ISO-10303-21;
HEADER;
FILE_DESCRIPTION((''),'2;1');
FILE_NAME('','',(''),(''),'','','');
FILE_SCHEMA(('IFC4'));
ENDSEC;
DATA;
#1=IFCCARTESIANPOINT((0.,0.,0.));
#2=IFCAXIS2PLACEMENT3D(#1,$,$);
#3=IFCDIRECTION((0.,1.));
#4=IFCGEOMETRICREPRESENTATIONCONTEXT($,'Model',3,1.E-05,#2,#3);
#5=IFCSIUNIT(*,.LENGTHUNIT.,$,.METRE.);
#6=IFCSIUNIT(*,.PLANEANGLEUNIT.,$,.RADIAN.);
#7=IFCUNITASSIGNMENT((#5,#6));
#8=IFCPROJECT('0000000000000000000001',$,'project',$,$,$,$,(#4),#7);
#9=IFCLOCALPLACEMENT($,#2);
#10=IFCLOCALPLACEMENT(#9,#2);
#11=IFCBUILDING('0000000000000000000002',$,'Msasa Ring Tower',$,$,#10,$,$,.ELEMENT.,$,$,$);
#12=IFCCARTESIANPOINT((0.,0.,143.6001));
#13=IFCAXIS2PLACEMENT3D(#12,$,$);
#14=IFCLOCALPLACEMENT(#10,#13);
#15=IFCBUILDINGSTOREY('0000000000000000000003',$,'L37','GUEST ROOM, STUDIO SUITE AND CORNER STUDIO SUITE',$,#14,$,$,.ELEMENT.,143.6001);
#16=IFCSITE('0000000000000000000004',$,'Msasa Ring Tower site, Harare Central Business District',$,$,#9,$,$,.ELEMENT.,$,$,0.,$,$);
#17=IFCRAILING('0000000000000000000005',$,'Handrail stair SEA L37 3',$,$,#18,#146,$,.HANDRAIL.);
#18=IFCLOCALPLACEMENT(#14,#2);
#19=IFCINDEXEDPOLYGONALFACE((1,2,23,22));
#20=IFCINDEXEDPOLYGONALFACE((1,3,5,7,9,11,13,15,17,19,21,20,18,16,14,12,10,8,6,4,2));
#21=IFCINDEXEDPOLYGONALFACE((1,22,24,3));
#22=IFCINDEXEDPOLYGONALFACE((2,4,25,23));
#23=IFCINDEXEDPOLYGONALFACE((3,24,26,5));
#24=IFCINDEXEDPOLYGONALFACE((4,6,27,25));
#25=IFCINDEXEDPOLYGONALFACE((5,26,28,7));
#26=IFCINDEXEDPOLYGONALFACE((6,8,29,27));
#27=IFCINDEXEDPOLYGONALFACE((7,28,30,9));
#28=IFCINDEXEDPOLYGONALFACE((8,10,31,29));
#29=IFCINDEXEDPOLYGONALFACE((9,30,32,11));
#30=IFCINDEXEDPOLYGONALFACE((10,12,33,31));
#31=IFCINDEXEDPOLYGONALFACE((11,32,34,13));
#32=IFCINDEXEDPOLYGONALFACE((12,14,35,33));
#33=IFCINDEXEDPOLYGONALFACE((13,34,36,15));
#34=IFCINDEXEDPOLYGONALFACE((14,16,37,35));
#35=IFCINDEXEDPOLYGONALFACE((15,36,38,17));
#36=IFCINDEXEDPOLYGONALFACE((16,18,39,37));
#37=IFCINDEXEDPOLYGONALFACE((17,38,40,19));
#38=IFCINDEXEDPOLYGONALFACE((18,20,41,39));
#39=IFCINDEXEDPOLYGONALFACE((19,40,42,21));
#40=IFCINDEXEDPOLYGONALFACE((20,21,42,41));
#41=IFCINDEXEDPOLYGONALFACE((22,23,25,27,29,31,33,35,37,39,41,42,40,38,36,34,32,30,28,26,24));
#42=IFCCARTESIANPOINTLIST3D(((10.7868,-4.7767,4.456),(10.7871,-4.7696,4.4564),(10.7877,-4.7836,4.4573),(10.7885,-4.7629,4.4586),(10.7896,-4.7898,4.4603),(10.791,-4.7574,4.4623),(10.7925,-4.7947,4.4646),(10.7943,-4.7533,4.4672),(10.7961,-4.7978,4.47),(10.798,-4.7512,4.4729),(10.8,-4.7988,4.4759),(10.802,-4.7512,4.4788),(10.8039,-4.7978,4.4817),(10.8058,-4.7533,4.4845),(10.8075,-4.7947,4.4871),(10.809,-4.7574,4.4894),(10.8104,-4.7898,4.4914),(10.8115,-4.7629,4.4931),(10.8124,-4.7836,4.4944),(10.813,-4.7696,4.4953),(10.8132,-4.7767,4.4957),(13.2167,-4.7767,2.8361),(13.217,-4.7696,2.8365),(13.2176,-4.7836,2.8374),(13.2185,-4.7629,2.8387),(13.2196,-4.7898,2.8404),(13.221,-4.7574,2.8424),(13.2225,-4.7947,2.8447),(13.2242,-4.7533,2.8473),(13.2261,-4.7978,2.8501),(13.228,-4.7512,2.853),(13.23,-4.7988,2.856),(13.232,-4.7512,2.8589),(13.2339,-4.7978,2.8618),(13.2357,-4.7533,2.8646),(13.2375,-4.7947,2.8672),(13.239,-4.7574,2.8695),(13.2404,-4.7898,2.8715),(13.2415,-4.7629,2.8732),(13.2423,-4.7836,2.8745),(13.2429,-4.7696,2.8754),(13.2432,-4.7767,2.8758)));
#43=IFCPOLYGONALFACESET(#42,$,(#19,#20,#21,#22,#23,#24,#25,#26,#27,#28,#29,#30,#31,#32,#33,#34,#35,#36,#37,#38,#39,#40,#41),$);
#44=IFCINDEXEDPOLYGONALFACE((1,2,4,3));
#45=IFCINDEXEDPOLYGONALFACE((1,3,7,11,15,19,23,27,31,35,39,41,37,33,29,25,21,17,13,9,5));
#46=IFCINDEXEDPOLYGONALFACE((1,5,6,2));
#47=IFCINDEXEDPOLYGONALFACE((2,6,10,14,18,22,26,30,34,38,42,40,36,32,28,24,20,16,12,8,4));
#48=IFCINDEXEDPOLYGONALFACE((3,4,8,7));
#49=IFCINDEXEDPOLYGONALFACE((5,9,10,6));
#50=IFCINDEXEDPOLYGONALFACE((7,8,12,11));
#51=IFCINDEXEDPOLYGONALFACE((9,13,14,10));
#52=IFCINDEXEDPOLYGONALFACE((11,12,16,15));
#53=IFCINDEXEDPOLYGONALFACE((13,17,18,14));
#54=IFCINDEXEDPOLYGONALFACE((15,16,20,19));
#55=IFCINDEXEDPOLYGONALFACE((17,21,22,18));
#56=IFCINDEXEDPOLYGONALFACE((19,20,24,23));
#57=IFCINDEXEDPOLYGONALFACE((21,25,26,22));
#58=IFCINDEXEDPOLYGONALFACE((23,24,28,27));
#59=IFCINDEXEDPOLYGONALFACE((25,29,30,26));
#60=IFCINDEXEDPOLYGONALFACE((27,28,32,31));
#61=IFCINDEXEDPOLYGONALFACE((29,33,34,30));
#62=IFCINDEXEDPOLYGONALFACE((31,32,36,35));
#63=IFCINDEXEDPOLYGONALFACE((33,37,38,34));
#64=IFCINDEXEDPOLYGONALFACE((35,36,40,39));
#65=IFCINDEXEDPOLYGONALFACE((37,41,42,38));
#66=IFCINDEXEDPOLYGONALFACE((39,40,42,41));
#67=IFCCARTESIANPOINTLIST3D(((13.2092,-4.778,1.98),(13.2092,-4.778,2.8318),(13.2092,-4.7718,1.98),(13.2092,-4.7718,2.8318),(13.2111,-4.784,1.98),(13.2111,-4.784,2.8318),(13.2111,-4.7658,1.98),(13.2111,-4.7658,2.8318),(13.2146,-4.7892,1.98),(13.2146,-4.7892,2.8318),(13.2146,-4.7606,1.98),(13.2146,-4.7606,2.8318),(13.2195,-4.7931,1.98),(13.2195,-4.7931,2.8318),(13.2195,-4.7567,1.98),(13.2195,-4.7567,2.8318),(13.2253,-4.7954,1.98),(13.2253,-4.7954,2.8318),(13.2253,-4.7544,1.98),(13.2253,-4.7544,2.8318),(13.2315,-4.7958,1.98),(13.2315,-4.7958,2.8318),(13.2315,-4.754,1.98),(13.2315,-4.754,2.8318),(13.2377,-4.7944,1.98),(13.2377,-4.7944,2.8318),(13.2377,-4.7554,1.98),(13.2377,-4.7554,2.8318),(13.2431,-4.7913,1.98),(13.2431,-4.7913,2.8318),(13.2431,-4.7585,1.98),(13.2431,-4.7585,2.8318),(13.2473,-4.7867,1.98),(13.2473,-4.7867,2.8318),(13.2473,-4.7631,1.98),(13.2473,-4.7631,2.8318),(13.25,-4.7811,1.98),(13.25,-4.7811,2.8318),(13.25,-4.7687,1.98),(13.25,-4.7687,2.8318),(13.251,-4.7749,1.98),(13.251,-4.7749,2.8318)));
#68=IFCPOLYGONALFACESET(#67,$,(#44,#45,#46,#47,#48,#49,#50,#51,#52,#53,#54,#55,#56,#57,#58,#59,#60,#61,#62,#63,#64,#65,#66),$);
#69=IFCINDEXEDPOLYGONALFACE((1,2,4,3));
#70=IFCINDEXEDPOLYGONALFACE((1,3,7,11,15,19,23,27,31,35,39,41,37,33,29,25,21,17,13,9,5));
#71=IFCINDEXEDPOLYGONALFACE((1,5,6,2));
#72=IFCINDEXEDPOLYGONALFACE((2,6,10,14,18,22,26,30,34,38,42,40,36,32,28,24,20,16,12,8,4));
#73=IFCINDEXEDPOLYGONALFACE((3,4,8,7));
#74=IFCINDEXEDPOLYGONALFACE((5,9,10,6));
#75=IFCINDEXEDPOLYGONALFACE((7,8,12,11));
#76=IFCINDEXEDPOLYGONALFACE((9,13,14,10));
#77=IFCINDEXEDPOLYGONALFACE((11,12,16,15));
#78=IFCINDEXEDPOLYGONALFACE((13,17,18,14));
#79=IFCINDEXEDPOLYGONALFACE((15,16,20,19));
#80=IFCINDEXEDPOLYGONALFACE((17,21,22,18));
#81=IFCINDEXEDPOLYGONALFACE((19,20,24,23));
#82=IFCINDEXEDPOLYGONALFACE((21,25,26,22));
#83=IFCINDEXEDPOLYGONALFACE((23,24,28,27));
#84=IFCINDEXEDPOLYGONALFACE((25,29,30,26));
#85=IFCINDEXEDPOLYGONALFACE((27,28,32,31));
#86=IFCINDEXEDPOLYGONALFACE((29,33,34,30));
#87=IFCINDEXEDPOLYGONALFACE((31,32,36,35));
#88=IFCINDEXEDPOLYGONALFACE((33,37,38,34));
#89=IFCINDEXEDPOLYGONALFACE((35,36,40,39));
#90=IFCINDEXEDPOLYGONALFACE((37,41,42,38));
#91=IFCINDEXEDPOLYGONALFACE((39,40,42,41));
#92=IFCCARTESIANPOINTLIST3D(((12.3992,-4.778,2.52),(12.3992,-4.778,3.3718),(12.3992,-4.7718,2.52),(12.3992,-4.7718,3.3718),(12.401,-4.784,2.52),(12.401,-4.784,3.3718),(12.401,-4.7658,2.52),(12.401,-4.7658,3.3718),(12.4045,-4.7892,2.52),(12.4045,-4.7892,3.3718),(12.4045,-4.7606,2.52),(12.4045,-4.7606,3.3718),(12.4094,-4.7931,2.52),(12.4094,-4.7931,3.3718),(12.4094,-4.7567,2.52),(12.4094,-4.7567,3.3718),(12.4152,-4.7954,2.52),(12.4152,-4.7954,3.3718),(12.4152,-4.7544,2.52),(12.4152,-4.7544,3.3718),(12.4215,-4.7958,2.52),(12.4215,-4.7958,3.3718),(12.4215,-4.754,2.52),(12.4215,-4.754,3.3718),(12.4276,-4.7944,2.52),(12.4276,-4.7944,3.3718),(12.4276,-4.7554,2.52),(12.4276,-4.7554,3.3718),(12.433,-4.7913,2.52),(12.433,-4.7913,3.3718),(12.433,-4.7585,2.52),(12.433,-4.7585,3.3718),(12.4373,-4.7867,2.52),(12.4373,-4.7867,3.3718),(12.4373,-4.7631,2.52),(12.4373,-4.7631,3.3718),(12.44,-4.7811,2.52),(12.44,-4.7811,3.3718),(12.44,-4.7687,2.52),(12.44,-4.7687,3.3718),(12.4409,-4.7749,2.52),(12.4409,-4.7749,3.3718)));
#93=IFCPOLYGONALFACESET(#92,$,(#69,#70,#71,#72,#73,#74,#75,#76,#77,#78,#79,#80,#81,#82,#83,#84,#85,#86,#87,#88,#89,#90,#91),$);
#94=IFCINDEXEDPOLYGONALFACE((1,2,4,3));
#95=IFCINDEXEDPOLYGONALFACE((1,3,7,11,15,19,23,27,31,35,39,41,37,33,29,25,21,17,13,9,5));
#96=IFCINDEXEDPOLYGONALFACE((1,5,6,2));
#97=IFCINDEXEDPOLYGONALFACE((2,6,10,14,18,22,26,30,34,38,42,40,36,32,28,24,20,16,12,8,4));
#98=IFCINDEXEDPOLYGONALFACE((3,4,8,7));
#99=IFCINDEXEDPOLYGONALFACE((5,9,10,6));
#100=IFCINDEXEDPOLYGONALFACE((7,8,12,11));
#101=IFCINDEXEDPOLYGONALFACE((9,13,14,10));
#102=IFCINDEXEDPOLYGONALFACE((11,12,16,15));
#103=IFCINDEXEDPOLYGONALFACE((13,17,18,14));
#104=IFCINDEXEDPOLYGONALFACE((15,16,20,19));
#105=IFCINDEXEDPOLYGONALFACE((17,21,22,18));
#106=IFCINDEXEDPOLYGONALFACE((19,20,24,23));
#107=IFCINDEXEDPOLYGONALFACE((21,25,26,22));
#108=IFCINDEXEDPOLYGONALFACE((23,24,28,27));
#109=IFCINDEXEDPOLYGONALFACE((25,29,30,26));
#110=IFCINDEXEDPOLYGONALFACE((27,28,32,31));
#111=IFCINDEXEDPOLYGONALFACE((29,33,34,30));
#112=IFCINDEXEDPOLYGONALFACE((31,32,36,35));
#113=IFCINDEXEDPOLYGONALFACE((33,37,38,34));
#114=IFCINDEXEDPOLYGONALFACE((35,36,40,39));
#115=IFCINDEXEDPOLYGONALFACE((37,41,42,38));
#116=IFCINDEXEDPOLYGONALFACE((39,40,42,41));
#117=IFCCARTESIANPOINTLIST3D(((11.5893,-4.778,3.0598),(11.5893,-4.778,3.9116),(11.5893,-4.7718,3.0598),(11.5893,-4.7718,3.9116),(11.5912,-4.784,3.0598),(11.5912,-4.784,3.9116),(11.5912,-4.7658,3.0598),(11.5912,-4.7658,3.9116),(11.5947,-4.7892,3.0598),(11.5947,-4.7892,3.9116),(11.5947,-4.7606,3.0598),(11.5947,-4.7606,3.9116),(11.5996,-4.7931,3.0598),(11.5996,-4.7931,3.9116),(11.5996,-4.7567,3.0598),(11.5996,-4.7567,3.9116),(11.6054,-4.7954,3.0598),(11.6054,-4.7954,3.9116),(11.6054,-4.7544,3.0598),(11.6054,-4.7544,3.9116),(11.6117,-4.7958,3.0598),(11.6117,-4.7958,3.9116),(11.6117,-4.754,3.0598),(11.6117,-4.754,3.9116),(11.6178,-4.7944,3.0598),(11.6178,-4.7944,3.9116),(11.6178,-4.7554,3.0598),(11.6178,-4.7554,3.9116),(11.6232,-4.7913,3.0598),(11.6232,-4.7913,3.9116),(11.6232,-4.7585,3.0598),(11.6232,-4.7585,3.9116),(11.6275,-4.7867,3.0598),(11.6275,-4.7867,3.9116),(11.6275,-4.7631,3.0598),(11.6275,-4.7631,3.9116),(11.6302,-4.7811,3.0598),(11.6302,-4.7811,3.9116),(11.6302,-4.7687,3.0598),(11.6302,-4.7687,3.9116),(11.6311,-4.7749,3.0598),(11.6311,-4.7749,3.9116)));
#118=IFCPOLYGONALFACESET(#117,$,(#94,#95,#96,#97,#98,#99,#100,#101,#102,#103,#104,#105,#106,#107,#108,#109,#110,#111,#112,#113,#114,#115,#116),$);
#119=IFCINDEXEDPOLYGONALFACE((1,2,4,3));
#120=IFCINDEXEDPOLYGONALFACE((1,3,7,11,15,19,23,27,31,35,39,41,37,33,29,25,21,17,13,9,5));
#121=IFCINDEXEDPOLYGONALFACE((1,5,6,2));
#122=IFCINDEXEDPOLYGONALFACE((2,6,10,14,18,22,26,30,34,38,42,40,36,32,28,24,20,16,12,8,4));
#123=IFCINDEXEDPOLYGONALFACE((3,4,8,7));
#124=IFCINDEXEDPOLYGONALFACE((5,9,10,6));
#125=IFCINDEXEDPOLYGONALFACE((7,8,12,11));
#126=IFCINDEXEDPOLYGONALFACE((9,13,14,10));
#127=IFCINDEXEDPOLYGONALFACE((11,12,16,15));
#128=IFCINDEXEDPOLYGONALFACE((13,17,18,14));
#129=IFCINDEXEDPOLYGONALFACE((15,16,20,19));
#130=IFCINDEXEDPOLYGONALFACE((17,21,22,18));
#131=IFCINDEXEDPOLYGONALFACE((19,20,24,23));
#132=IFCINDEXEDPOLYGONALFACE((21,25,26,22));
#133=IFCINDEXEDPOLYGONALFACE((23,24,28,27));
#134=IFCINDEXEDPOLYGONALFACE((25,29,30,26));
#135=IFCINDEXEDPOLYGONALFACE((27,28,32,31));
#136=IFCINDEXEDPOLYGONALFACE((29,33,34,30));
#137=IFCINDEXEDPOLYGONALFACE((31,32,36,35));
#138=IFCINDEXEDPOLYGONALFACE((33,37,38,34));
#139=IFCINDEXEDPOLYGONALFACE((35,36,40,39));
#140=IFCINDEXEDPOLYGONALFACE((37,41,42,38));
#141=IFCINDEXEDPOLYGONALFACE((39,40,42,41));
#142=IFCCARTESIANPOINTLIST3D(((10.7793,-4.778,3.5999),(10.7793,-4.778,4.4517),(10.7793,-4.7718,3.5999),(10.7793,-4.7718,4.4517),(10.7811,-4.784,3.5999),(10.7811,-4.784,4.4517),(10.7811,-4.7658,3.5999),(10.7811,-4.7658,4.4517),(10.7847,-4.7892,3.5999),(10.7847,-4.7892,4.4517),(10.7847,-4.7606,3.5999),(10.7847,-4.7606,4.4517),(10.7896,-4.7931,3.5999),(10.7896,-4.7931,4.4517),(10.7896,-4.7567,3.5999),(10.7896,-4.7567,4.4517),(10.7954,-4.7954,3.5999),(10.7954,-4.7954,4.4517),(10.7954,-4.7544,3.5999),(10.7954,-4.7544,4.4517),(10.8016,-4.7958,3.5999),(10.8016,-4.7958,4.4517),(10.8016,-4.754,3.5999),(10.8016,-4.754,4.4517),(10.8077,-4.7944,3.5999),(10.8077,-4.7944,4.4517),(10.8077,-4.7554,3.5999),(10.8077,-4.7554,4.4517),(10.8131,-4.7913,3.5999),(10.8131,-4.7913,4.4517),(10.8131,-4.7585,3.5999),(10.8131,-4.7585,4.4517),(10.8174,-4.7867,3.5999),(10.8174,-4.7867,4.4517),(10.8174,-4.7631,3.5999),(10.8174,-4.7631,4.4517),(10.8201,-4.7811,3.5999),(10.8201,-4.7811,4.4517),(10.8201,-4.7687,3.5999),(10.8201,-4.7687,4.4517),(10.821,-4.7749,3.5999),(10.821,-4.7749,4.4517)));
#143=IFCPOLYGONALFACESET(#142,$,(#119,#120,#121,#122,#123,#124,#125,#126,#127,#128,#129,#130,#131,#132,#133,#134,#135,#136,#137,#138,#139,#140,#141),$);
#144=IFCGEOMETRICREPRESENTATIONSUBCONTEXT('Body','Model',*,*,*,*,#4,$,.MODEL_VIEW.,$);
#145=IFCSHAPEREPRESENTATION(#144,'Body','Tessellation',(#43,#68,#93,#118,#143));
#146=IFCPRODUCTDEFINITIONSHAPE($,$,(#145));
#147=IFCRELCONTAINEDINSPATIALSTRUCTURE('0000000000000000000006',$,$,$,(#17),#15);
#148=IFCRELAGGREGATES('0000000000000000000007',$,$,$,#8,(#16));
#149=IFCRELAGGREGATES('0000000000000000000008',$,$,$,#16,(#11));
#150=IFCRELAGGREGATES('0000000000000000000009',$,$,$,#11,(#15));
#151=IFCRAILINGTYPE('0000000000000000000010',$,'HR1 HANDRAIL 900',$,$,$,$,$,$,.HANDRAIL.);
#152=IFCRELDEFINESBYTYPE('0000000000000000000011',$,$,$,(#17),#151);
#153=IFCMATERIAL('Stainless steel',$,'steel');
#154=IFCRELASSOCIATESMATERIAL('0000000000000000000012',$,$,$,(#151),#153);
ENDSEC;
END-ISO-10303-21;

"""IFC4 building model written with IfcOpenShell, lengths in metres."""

from ifc_helpers import new_model, si_unit, direction, frame, origin, origin_2d, place, context, subcontext, project, spatial, circle, extrude, material, type_object, element, save


model = new_model("IFC4")

# Units and contexts
model_context = context("Model", 3, precision=1e-05, world=origin(), true_north=direction((0.0, 1.0)))
body_context = subcontext(model_context, "Body", "Model", "MODEL_VIEW")
ifc_project = project(units=[si_unit("LENGTHUNIT", "METRE"), si_unit("PLANEANGLEUNIT", "RADIAN")], contexts=[model_context])

# Site, building, storey
site_placement = place(None, origin())
site = spatial("IfcSite", under=ifc_project, at=site_placement, Name="Msasa Ring Tower site, Harare Central Business District", CompositionType="ELEMENT", RefElevation=0.0)
building_placement = place(site_placement, origin())
building = spatial("IfcBuilding", under=site, at=building_placement, Name="Msasa Ring Tower", CompositionType="ELEMENT")
storey_placement = place(building_placement, frame((0.0, 0.0, 143.6001)))
storey = spatial("IfcBuildingStorey", under=building, at=storey_placement, Name="L37", Description="GUEST ROOM, STUDIO SUITE AND CORNER STUDIO SUITE", CompositionType="ELEMENT", Elevation=143.6001)

# Railing
ifc_material_1 = material(Name="Stainless steel", Category="steel")
railing_type = type_object("IfcRailingType", Name="HR1 HANDRAIL 900", PredefinedType="HANDRAIL", material=ifc_material_1)
for number, where, name in (
    (1, (13.23, -4.7749, 1.98), "Handrail stair SEA L37 3"),
):
    element("IfcRailing", number, at=place(storey_placement, frame(where)), inside=storey, type_object=railing_type, Name=name, PredefinedType="HANDRAIL", context=body_context, shape_type="SweptSolid", body=[
        extrude(circle(Radius=0.0239, at=origin_2d()), frame((0.0, 0.0, 0.876), z_axis=(-0.832063, 0.0, 0.554681), x_axis=(0.0, -1.0, 0.0)), (0.0, 0.0, 1.0), 2.9204),
        extrude(circle(Radius=0.021, at=origin_2d()), origin(), (0.0, 0.0, 1.0), 0.8518),
        extrude(circle(Radius=0.021, at=origin_2d()), frame((-0.8101, 0.0, 0.54)), (0.0, 0.0, 1.0), 0.8518),
        extrude(circle(Radius=0.021, at=origin_2d()), frame((-1.6199, 0.0, 1.0798)), (0.0, 0.0, 1.0), 0.8518),
        extrude(circle(Radius=0.021, at=origin_2d()), frame((-2.4299, 0.0, 1.6199)), (0.0, 0.0, 1.0), 0.8518),
    ])

save(model, "model.ifc")
